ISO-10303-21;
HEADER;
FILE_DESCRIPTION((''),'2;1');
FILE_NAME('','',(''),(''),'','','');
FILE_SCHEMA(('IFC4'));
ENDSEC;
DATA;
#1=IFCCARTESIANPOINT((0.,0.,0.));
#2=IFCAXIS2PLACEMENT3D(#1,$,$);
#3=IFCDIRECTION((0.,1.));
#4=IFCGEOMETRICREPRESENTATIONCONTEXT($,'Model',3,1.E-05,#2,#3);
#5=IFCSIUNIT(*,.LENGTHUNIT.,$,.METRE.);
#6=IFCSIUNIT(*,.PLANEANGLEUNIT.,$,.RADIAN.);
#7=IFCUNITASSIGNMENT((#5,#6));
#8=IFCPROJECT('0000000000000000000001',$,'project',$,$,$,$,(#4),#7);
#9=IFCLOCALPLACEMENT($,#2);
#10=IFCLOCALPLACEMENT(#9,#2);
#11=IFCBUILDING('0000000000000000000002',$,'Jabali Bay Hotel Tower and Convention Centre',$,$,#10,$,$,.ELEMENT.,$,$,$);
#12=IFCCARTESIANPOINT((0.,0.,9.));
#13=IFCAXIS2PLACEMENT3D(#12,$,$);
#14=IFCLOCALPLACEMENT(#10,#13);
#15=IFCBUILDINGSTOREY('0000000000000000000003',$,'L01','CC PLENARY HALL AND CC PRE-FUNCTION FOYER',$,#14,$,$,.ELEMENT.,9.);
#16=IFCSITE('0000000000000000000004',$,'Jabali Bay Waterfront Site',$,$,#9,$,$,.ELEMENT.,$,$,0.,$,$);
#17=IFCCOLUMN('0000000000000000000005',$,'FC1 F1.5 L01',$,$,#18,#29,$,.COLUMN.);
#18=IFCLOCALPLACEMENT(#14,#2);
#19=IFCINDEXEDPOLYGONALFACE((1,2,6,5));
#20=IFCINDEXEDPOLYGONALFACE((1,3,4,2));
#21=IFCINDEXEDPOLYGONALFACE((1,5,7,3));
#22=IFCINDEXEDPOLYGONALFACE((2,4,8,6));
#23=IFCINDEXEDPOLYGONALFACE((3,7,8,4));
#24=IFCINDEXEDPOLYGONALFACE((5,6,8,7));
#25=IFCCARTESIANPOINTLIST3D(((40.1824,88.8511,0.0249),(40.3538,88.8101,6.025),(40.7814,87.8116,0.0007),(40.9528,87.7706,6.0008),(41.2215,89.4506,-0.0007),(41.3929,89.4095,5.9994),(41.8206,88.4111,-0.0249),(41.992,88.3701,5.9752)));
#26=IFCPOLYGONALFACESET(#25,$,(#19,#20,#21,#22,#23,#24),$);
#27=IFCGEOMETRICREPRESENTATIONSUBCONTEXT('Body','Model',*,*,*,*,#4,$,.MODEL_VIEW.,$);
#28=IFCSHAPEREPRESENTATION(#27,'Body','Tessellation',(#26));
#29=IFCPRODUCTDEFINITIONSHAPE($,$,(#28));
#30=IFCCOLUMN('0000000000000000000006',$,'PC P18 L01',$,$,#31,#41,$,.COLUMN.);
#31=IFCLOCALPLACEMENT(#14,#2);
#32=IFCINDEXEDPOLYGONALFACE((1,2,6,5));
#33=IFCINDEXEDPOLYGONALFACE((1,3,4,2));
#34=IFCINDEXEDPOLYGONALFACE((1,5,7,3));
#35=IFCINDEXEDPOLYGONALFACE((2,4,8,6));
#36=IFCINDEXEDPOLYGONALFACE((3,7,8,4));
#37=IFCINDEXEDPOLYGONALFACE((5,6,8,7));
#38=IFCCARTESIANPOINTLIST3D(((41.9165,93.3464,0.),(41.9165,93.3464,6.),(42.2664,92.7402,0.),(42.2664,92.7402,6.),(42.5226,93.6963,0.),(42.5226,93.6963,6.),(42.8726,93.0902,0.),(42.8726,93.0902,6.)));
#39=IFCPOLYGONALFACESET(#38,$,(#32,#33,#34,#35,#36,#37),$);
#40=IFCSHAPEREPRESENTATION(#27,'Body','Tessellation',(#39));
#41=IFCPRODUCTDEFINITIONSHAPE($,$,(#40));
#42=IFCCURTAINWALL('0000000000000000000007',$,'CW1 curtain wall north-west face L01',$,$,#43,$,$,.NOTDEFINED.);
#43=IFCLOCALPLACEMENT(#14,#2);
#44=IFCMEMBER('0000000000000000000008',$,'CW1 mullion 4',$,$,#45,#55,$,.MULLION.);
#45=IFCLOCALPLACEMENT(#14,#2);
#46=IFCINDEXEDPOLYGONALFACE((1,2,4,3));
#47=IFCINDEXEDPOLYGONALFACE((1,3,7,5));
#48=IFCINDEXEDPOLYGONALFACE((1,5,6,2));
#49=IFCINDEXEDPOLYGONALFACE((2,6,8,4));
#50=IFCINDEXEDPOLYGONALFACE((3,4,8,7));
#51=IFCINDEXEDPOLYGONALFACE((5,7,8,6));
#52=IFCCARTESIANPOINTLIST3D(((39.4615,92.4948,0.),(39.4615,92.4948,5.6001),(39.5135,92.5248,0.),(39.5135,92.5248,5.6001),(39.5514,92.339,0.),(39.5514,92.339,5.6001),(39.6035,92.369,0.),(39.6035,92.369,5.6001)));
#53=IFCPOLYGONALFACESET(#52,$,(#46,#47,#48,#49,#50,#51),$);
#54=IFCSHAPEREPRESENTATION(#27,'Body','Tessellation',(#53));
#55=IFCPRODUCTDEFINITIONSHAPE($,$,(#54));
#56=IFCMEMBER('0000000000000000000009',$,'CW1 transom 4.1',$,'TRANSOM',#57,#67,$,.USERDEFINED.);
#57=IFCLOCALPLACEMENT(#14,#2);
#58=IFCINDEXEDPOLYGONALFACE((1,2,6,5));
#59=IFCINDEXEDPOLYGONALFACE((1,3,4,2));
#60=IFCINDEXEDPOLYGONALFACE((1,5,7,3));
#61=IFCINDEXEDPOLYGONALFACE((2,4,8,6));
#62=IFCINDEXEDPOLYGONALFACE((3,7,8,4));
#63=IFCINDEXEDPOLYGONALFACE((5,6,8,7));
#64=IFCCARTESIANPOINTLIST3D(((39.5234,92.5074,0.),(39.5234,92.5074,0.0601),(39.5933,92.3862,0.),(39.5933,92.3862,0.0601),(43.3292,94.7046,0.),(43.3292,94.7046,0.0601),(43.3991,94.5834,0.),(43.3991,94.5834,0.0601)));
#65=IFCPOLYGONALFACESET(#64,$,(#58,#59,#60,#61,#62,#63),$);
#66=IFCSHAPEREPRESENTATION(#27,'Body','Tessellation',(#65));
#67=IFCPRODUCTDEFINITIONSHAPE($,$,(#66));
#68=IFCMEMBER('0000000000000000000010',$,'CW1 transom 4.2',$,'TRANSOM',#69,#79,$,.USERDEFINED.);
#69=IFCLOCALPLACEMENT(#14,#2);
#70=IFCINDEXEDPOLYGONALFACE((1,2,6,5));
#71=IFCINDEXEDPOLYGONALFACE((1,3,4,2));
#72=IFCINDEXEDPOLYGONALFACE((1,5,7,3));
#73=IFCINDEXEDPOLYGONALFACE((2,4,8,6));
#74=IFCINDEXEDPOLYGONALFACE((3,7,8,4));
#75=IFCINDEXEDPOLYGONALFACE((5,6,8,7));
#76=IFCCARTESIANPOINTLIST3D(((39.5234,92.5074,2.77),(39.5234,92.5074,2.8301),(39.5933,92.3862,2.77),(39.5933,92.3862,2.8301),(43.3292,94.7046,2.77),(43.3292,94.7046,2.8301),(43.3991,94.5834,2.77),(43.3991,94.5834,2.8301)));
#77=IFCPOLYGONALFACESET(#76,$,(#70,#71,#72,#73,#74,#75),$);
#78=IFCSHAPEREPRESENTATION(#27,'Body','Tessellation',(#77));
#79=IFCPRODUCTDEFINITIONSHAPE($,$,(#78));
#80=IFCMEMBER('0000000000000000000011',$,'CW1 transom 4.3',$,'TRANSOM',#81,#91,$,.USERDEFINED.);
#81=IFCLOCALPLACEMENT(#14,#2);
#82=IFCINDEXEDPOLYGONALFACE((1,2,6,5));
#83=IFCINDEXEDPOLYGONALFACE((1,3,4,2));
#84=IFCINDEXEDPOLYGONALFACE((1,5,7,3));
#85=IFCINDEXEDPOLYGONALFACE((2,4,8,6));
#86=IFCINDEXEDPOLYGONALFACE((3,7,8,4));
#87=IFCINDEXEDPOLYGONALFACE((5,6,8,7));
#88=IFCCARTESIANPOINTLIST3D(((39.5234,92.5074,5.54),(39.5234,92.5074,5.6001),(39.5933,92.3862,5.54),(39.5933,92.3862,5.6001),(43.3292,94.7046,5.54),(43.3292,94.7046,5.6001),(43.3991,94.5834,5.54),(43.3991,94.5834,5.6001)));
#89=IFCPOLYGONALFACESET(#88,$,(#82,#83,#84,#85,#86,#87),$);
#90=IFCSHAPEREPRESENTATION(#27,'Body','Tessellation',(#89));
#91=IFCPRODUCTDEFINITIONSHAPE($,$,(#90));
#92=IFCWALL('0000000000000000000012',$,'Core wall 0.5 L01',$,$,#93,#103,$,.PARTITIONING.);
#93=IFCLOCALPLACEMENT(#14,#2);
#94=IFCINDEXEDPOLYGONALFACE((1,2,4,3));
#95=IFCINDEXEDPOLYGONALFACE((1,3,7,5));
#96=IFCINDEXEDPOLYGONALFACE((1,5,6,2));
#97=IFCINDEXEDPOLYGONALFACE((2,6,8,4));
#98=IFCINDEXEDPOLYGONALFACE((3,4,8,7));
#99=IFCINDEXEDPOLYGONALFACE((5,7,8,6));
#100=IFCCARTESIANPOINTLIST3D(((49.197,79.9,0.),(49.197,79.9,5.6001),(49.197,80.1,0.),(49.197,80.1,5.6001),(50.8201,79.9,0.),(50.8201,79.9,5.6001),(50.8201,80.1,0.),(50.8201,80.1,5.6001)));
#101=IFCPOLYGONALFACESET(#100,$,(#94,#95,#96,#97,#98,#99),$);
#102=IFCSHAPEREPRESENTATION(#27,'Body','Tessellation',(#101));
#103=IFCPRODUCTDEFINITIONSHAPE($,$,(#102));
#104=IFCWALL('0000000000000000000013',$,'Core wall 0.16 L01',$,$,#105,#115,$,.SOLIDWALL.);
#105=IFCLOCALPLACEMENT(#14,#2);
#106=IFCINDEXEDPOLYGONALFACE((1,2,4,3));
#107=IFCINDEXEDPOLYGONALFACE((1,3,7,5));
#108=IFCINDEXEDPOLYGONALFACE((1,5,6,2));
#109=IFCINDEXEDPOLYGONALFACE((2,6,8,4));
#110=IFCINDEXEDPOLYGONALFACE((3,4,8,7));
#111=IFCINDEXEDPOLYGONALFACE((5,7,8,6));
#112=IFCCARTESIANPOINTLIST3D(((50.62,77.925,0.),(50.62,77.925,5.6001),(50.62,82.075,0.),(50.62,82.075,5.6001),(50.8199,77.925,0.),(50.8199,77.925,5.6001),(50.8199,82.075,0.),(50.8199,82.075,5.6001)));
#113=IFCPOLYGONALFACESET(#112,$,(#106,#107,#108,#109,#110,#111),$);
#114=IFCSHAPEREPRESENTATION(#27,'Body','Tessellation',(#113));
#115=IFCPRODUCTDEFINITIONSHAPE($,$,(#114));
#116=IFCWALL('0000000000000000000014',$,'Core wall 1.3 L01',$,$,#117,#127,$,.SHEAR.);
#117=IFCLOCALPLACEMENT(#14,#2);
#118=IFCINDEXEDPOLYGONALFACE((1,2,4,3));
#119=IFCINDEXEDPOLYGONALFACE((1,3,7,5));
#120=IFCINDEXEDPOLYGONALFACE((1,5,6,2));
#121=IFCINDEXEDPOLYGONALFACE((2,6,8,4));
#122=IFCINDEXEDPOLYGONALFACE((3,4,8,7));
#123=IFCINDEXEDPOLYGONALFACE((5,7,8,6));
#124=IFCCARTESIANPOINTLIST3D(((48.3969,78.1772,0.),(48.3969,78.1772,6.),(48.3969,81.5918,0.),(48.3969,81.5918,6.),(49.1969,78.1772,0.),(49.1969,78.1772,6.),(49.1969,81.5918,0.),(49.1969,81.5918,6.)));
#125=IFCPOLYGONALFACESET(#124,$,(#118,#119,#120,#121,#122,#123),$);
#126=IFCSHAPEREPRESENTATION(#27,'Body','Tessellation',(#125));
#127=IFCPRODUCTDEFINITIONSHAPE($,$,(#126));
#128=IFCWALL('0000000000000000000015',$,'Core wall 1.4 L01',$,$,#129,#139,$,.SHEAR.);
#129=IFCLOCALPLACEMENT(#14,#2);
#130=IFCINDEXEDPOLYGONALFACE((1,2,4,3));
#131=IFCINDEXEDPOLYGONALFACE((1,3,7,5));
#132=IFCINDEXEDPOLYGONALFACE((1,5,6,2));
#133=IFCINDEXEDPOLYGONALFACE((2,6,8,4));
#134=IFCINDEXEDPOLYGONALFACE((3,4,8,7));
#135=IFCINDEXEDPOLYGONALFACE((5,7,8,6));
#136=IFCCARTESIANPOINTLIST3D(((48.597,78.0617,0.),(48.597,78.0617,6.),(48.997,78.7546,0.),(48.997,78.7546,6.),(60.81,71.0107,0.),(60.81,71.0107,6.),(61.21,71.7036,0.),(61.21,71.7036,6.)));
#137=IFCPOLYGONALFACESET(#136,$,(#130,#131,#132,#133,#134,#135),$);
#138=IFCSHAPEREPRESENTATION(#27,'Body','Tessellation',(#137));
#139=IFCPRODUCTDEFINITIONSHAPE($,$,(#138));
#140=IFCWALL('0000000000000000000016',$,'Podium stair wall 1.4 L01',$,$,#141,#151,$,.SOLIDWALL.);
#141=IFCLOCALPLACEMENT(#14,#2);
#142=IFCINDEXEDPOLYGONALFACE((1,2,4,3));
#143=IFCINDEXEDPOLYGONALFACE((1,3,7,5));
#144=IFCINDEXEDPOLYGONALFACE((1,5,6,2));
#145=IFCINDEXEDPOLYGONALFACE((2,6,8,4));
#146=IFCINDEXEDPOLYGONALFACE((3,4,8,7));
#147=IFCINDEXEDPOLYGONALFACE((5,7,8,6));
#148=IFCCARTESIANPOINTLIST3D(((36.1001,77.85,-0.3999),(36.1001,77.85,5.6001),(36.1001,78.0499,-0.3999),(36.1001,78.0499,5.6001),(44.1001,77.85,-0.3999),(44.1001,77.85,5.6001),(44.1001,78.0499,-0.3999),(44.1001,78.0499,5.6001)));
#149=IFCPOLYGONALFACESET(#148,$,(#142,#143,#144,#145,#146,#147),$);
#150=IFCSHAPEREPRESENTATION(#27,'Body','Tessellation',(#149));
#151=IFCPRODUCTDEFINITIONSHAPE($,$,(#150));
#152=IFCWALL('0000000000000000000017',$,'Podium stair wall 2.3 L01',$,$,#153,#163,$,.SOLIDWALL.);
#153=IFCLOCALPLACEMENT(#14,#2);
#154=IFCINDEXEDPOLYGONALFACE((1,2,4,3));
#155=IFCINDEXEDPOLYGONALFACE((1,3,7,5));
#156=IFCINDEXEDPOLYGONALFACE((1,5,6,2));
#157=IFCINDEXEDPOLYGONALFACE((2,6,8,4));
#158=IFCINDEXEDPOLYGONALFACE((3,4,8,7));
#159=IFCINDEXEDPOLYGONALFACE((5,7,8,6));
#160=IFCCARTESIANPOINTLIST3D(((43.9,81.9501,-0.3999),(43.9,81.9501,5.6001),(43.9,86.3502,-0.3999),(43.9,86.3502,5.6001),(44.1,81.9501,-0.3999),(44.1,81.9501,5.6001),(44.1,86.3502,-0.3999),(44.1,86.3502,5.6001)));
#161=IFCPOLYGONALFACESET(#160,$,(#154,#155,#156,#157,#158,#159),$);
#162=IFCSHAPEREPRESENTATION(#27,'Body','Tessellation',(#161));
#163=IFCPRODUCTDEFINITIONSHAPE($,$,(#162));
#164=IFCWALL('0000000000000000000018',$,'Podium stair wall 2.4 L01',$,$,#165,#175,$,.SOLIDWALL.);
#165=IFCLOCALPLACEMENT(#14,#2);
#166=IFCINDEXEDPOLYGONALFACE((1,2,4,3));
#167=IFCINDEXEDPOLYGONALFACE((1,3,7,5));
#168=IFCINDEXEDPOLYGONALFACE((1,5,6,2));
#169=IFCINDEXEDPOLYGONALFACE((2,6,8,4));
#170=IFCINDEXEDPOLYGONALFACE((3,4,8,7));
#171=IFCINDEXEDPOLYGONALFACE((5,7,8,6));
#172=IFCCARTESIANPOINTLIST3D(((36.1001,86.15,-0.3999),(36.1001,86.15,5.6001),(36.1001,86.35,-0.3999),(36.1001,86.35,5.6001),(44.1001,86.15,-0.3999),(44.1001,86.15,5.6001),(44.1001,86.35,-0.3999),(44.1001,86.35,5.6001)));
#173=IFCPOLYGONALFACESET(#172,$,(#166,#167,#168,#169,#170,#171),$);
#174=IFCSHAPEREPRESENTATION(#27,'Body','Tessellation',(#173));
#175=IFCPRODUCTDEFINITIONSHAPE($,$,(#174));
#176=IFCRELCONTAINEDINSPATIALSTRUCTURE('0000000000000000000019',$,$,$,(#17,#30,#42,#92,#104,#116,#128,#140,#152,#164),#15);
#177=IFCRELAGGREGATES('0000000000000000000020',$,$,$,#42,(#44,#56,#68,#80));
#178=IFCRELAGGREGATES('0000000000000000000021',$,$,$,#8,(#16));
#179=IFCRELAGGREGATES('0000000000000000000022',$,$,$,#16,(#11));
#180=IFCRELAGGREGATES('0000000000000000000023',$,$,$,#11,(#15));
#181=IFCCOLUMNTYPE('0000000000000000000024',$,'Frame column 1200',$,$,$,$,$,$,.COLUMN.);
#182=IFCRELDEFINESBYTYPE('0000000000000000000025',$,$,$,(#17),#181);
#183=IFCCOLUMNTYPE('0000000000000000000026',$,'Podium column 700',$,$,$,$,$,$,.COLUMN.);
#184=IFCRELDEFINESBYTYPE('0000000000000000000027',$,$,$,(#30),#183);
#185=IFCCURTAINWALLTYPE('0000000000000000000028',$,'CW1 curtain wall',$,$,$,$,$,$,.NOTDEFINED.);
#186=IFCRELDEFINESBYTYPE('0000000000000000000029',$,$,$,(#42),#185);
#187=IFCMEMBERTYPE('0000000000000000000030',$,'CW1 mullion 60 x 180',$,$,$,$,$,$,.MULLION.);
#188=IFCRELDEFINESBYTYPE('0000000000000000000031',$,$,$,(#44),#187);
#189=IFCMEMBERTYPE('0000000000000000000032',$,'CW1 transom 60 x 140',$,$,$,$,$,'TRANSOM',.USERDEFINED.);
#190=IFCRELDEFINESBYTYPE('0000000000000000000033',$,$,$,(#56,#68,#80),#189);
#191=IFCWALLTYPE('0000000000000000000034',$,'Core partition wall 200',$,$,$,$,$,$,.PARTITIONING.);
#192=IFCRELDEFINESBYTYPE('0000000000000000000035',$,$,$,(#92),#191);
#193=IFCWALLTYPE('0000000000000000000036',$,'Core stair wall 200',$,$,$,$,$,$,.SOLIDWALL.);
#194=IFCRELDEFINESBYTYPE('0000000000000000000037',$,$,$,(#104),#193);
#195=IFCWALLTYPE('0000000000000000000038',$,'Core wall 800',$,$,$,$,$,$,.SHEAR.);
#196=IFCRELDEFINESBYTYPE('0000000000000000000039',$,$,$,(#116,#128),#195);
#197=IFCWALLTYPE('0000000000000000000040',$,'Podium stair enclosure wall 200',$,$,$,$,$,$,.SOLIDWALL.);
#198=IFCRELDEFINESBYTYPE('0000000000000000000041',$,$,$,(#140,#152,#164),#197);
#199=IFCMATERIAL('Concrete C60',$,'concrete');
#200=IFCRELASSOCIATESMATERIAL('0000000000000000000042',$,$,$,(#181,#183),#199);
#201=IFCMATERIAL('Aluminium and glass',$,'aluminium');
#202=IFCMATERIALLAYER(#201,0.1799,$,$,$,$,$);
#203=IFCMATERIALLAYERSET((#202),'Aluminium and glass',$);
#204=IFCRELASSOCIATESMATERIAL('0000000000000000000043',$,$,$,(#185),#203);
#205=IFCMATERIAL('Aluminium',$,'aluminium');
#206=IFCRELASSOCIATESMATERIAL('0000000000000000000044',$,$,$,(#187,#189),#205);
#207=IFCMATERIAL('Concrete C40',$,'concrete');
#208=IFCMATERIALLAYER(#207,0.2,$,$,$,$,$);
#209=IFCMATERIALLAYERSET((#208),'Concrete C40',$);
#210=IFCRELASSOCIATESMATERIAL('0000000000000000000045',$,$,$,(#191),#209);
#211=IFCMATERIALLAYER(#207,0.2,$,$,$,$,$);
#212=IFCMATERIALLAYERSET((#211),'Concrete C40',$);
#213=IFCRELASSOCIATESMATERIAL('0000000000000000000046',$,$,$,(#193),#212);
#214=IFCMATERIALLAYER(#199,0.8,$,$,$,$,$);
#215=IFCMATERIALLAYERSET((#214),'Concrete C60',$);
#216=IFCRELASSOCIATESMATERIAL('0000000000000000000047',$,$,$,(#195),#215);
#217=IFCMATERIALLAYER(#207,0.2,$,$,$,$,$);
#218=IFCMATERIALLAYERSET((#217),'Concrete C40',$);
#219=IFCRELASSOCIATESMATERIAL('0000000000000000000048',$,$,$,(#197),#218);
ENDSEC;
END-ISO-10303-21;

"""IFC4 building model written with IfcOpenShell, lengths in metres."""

from ifc_helpers import new_model, si_unit, direction, frame, frame_2d, origin, origin_2d, place, context, subcontext, project, spatial, rectangle, extrude, material, layer, layer_set, material_profile, profile_set, type_object, element, aggregate, save


model = new_model("IFC4")

# Units and contexts
model_context = context("Model", 3, precision=1e-05, world=origin(), true_north=direction((0.0, 1.0)))
body_context = subcontext(model_context, "Body", "Model", "MODEL_VIEW")
ifc_project = project(units=[si_unit("LENGTHUNIT", "METRE"), si_unit("PLANEANGLEUNIT", "RADIAN")], contexts=[model_context])

# Site, building, storey
site_placement = place(None, origin())
site = spatial("IfcSite", under=ifc_project, at=site_placement, Name="Jabali Bay Waterfront Site", CompositionType="ELEMENT", RefElevation=0.0)
building_placement = place(site_placement, origin())
building = spatial("IfcBuilding", under=site, at=building_placement, Name="Jabali Bay Hotel Tower and Convention Centre", CompositionType="ELEMENT")
storey_placement = place(building_placement, frame((0.0, 0.0, 9.0)))
storey = spatial("IfcBuildingStorey", under=building, at=storey_placement, Name="L01", Description="CC PLENARY HALL AND CC PRE-FUNCTION FOYER", CompositionType="ELEMENT", Elevation=9.0)

# Columns
ifc_material_1 = material(Name="Concrete C60", Category="concrete")
ifc_material_profile_1 = material_profile(ifc_material_1, rectangle(XDim=1.2, YDim=1.2, at=origin_2d()), Name="Frame column 1200")
ifc_profile_set_1 = profile_set([ifc_material_profile_1], Name="Concrete C60")
column_type_1 = type_object("IfcColumnType", Name="Frame column 1200", PredefinedType="COLUMN", material=ifc_profile_set_1)
column_1_placement = place(storey_placement, frame((41.0015, 88.6311, 0.0), z_axis=(0.028552, -0.006833, 0.999569), x_axis=(-0.499224, 0.866238, 0.020182)))
element("IfcColumn", 1, at=column_1_placement, inside=storey, type_object=column_type_1, Name="FC1 F1.5 L01", PredefinedType="COLUMN", context=body_context, shape_type="SweptSolid", body=[
    extrude(rectangle(XDim=1.2, YDim=1.2, at=origin_2d()), origin(), (0.0, 0.0, 1.0), 6.0027),
])
ifc_material_profile_2 = material_profile(ifc_material_1, rectangle(XDim=0.7, YDim=0.7, at=origin_2d()), Name="Podium column 700")
ifc_profile_set_2 = profile_set([ifc_material_profile_2], Name="Concrete C60")
column_type_2 = type_object("IfcColumnType", Name="Podium column 700", PredefinedType="COLUMN", material=ifc_profile_set_2)
column_2_placement = place(storey_placement, frame((42.3945, 93.2183, 0.0), z_axis=(0.0, 0.0, 1.0), x_axis=(0.866025, 0.5, 0.0)))
element("IfcColumn", 2, at=column_2_placement, inside=storey, type_object=column_type_2, Name="PC P18 L01", PredefinedType="COLUMN", context=body_context, shape_type="SweptSolid", body=[
    extrude(rectangle(XDim=0.7, YDim=0.7, at=origin_2d()), origin(), (0.0, 0.0, 1.0), 6.0),
])

# Curtain wall, members
ifc_material_2 = material(Name="Aluminium and glass", Category="aluminium")
ifc_layer_1 = layer(ifc_material_2, 0.1799)
ifc_layer_set_1 = layer_set([ifc_layer_1], Name="Aluminium and glass")
curtain_wall_type = type_object("IfcCurtainWallType", Name="CW1 curtain wall", PredefinedType="NOTDEFINED", material=ifc_layer_set_1)
curtain_wall_placement = place(storey_placement, origin())
curtain_wall = element("IfcCurtainWall", 3, at=curtain_wall_placement, inside=storey, type_object=curtain_wall_type, Name="CW1 curtain wall north-west face L01", PredefinedType="NOTDEFINED")
ifc_material_3 = material(Name="Aluminium", Category="aluminium")
ifc_material_profile_3 = material_profile(ifc_material_3, rectangle(XDim=0.1799, YDim=0.0601, at=origin_2d()), Name="CW1 mullion 60 x 180")
ifc_profile_set_3 = profile_set([ifc_material_profile_3], Name="Aluminium")
member_type_1 = type_object("IfcMemberType", Name="CW1 mullion 60 x 180", PredefinedType="MULLION", material=ifc_profile_set_3)
member_1_placement = place(storey_placement, frame((39.5325, 92.4319, 0.0), z_axis=(0.0, 0.0, 1.0), x_axis=(-0.5, 0.866025, 0.0)))
member_1 = element("IfcMember", 4, at=member_1_placement, type_object=member_type_1, Name="CW1 mullion 4", PredefinedType="MULLION", context=body_context, shape_type="SweptSolid", body=[
    extrude(rectangle(XDim=0.1799, YDim=0.0601, at=origin_2d()), origin(), (0.0, 0.0, 1.0), 5.6001),
])
ifc_material_profile_4 = material_profile(ifc_material_3, rectangle(XDim=0.1399, YDim=0.0601, at=origin_2d()), Name="CW1 transom 60 x 140")
ifc_profile_set_4 = profile_set([ifc_material_profile_4], Name="Aluminium")
member_type_2 = type_object("IfcMemberType", Name="CW1 transom 60 x 140", ElementType="TRANSOM", PredefinedType="USERDEFINED", material=ifc_profile_set_4)
member_2_placement = place(storey_placement, frame((39.5583, 92.4468, 0.03), z_axis=(0.866033, 0.499987, 0.0), x_axis=(-0.499987, 0.866033, 0.0)))
member_2 = element("IfcMember", 5, at=member_2_placement, type_object=member_type_2, Name="CW1 transom 4.1", ObjectType="TRANSOM", PredefinedType="USERDEFINED", context=body_context, shape_type="SweptSolid", body=[
    extrude(rectangle(XDim=0.1399, YDim=0.0601, at=origin_2d()), origin(), (0.0, 0.0, 1.0), 4.3945),
])
member_3_placement = place(storey_placement, frame((39.5583, 92.4468, 2.8), z_axis=(0.866033, 0.499987, 0.0), x_axis=(-0.499987, 0.866033, 0.0)))
member_3 = element("IfcMember", 6, at=member_3_placement, type_object=member_type_2, Name="CW1 transom 4.2", ObjectType="TRANSOM", PredefinedType="USERDEFINED", context=body_context, shape_type="SweptSolid", body=[
    extrude(rectangle(XDim=0.1399, YDim=0.0601, at=origin_2d()), origin(), (0.0, 0.0, 1.0), 4.3945),
])
member_4_placement = place(storey_placement, frame((39.5583, 92.4468, 5.5701), z_axis=(0.866033, 0.499987, 0.0), x_axis=(-0.499987, 0.866033, 0.0)))
member_4 = element("IfcMember", 7, at=member_4_placement, type_object=member_type_2, Name="CW1 transom 4.3", ObjectType="TRANSOM", PredefinedType="USERDEFINED", context=body_context, shape_type="SweptSolid", body=[
    extrude(rectangle(XDim=0.1399, YDim=0.0601, at=origin_2d()), origin(), (0.0, 0.0, 1.0), 4.3945),
])
aggregate(curtain_wall, [member_1, member_2, member_3, member_4])

# Walls
ifc_material_4 = material(Name="Concrete C40", Category="concrete")
ifc_layer_2 = layer(ifc_material_4, 0.2)
ifc_layer_set_2 = layer_set([ifc_layer_2], Name="Concrete C40")
wall_type_1 = type_object("IfcWallType", Name="Core partition wall 200", PredefinedType="PARTITIONING", material=ifc_layer_set_2)
wall_1_placement = place(storey_placement, frame((50.8201, 80.0, 0.0), z_axis=(0.0, 0.0, 1.0), x_axis=(-1.0, 0.0, 0.0)))
element("IfcWall", 8, at=wall_1_placement, inside=storey, type_object=wall_type_1, Name="Core wall 0.5 L01", PredefinedType="PARTITIONING", context=body_context, shape_type="SweptSolid", body=[
    extrude(rectangle(XDim=1.623, YDim=0.2, at=frame_2d((0.8115, 0.0))), origin(), (0.0, 0.0, 1.0), 5.6001),
])
ifc_layer_3 = layer(ifc_material_4, 0.2)
ifc_layer_set_3 = layer_set([ifc_layer_3], Name="Concrete C40")
wall_type_2 = type_object("IfcWallType", Name="Core stair wall 200", PredefinedType="SOLIDWALL", material=ifc_layer_set_3)
wall_2_placement = place(storey_placement, frame((50.72, 82.075, 0.0), z_axis=(0.0, 0.0, 1.0), x_axis=(0.0, -1.0, 0.0)))
element("IfcWall", 9, at=wall_2_placement, inside=storey, type_object=wall_type_2, Name="Core wall 0.16 L01", PredefinedType="SOLIDWALL", context=body_context, shape_type="SweptSolid", body=[
    extrude(rectangle(XDim=4.1499, YDim=0.2, at=frame_2d((2.075, 0.0))), origin(), (0.0, 0.0, 1.0), 5.6001),
])
ifc_layer_4 = layer(ifc_material_1, 0.8)
ifc_layer_set_4 = layer_set([ifc_layer_4], Name="Concrete C60")
wall_type_3 = type_object("IfcWallType", Name="Core wall 800", PredefinedType="SHEAR", material=ifc_layer_set_4)
wall_3_placement = place(storey_placement, frame((48.7969, 81.5918, 0.0), z_axis=(0.0, 0.0, 1.0), x_axis=(0.0, -1.0, 0.0)))
element("IfcWall", 10, at=wall_3_placement, inside=storey, type_object=wall_type_3, Name="Core wall 1.3 L01", PredefinedType="SHEAR", context=body_context, shape_type="SweptSolid", body=[
    extrude(rectangle(XDim=3.4146, YDim=0.8, at=frame_2d((1.7073, 0.0))), origin(), (0.0, 0.0, 1.0), 6.0),
])
wall_4_placement = place(storey_placement, frame((48.7969, 78.4082, 0.0), z_axis=(0.0, 0.0, 1.0), x_axis=(0.866033, -0.499988, 0.0)))
element("IfcWall", 11, at=wall_4_placement, inside=storey, type_object=wall_type_3, Name="Core wall 1.4 L01", PredefinedType="SHEAR", context=body_context, shape_type="SweptSolid", body=[
    extrude(rectangle(XDim=14.1023, YDim=0.8, at=frame_2d((7.0513, 0.0))), origin(), (0.0, 0.0, 1.0), 6.0),
])
ifc_layer_5 = layer(ifc_material_4, 0.2)
ifc_layer_set_5 = layer_set([ifc_layer_5], Name="Concrete C40")
wall_type_4 = type_object("IfcWallType", Name="Podium stair enclosure wall 200", PredefinedType="SOLIDWALL", material=ifc_layer_set_5)
wall_5_placement = place(storey_placement, frame((44.1001, 77.95, -0.3999), z_axis=(0.0, 0.0, 1.0), x_axis=(-1.0, 0.0, 0.0)))
element("IfcWall", 12, at=wall_5_placement, inside=storey, type_object=wall_type_4, Name="Podium stair wall 1.4 L01", PredefinedType="SOLIDWALL", context=body_context, shape_type="SweptSolid", body=[
    extrude(rectangle(XDim=8.0, YDim=0.2, at=frame_2d((4.0, 0.0))), origin(), (0.0, 0.0, 1.0), 6.0),
])
wall_6_placement = place(storey_placement, frame((44.0, 81.95, -0.3999), z_axis=(0.0, 0.0, 1.0), x_axis=(0.0, 1.0, 0.0)))
element("IfcWall", 13, at=wall_6_placement, inside=storey, type_object=wall_type_4, Name="Podium stair wall 2.3 L01", PredefinedType="SOLIDWALL", context=body_context, shape_type="SweptSolid", body=[
    extrude(rectangle(XDim=4.4001, YDim=0.2, at=frame_2d((2.2002, 0.0))), origin(), (0.0, 0.0, 1.0), 6.0),
])
wall_7_placement = place(storey_placement, frame((44.1001, 86.25, -0.3999), z_axis=(0.0, 0.0, 1.0), x_axis=(-1.0, 0.0, 0.0)))
element("IfcWall", 14, at=wall_7_placement, inside=storey, type_object=wall_type_4, Name="Podium stair wall 2.4 L01", PredefinedType="SOLIDWALL", context=body_context, shape_type="SweptSolid", body=[
    extrude(rectangle(XDim=8.0, YDim=0.2, at=frame_2d((4.0, 0.0))), origin(), (0.0, 0.0, 1.0), 6.0),
])

save(model, "model.ifc")
